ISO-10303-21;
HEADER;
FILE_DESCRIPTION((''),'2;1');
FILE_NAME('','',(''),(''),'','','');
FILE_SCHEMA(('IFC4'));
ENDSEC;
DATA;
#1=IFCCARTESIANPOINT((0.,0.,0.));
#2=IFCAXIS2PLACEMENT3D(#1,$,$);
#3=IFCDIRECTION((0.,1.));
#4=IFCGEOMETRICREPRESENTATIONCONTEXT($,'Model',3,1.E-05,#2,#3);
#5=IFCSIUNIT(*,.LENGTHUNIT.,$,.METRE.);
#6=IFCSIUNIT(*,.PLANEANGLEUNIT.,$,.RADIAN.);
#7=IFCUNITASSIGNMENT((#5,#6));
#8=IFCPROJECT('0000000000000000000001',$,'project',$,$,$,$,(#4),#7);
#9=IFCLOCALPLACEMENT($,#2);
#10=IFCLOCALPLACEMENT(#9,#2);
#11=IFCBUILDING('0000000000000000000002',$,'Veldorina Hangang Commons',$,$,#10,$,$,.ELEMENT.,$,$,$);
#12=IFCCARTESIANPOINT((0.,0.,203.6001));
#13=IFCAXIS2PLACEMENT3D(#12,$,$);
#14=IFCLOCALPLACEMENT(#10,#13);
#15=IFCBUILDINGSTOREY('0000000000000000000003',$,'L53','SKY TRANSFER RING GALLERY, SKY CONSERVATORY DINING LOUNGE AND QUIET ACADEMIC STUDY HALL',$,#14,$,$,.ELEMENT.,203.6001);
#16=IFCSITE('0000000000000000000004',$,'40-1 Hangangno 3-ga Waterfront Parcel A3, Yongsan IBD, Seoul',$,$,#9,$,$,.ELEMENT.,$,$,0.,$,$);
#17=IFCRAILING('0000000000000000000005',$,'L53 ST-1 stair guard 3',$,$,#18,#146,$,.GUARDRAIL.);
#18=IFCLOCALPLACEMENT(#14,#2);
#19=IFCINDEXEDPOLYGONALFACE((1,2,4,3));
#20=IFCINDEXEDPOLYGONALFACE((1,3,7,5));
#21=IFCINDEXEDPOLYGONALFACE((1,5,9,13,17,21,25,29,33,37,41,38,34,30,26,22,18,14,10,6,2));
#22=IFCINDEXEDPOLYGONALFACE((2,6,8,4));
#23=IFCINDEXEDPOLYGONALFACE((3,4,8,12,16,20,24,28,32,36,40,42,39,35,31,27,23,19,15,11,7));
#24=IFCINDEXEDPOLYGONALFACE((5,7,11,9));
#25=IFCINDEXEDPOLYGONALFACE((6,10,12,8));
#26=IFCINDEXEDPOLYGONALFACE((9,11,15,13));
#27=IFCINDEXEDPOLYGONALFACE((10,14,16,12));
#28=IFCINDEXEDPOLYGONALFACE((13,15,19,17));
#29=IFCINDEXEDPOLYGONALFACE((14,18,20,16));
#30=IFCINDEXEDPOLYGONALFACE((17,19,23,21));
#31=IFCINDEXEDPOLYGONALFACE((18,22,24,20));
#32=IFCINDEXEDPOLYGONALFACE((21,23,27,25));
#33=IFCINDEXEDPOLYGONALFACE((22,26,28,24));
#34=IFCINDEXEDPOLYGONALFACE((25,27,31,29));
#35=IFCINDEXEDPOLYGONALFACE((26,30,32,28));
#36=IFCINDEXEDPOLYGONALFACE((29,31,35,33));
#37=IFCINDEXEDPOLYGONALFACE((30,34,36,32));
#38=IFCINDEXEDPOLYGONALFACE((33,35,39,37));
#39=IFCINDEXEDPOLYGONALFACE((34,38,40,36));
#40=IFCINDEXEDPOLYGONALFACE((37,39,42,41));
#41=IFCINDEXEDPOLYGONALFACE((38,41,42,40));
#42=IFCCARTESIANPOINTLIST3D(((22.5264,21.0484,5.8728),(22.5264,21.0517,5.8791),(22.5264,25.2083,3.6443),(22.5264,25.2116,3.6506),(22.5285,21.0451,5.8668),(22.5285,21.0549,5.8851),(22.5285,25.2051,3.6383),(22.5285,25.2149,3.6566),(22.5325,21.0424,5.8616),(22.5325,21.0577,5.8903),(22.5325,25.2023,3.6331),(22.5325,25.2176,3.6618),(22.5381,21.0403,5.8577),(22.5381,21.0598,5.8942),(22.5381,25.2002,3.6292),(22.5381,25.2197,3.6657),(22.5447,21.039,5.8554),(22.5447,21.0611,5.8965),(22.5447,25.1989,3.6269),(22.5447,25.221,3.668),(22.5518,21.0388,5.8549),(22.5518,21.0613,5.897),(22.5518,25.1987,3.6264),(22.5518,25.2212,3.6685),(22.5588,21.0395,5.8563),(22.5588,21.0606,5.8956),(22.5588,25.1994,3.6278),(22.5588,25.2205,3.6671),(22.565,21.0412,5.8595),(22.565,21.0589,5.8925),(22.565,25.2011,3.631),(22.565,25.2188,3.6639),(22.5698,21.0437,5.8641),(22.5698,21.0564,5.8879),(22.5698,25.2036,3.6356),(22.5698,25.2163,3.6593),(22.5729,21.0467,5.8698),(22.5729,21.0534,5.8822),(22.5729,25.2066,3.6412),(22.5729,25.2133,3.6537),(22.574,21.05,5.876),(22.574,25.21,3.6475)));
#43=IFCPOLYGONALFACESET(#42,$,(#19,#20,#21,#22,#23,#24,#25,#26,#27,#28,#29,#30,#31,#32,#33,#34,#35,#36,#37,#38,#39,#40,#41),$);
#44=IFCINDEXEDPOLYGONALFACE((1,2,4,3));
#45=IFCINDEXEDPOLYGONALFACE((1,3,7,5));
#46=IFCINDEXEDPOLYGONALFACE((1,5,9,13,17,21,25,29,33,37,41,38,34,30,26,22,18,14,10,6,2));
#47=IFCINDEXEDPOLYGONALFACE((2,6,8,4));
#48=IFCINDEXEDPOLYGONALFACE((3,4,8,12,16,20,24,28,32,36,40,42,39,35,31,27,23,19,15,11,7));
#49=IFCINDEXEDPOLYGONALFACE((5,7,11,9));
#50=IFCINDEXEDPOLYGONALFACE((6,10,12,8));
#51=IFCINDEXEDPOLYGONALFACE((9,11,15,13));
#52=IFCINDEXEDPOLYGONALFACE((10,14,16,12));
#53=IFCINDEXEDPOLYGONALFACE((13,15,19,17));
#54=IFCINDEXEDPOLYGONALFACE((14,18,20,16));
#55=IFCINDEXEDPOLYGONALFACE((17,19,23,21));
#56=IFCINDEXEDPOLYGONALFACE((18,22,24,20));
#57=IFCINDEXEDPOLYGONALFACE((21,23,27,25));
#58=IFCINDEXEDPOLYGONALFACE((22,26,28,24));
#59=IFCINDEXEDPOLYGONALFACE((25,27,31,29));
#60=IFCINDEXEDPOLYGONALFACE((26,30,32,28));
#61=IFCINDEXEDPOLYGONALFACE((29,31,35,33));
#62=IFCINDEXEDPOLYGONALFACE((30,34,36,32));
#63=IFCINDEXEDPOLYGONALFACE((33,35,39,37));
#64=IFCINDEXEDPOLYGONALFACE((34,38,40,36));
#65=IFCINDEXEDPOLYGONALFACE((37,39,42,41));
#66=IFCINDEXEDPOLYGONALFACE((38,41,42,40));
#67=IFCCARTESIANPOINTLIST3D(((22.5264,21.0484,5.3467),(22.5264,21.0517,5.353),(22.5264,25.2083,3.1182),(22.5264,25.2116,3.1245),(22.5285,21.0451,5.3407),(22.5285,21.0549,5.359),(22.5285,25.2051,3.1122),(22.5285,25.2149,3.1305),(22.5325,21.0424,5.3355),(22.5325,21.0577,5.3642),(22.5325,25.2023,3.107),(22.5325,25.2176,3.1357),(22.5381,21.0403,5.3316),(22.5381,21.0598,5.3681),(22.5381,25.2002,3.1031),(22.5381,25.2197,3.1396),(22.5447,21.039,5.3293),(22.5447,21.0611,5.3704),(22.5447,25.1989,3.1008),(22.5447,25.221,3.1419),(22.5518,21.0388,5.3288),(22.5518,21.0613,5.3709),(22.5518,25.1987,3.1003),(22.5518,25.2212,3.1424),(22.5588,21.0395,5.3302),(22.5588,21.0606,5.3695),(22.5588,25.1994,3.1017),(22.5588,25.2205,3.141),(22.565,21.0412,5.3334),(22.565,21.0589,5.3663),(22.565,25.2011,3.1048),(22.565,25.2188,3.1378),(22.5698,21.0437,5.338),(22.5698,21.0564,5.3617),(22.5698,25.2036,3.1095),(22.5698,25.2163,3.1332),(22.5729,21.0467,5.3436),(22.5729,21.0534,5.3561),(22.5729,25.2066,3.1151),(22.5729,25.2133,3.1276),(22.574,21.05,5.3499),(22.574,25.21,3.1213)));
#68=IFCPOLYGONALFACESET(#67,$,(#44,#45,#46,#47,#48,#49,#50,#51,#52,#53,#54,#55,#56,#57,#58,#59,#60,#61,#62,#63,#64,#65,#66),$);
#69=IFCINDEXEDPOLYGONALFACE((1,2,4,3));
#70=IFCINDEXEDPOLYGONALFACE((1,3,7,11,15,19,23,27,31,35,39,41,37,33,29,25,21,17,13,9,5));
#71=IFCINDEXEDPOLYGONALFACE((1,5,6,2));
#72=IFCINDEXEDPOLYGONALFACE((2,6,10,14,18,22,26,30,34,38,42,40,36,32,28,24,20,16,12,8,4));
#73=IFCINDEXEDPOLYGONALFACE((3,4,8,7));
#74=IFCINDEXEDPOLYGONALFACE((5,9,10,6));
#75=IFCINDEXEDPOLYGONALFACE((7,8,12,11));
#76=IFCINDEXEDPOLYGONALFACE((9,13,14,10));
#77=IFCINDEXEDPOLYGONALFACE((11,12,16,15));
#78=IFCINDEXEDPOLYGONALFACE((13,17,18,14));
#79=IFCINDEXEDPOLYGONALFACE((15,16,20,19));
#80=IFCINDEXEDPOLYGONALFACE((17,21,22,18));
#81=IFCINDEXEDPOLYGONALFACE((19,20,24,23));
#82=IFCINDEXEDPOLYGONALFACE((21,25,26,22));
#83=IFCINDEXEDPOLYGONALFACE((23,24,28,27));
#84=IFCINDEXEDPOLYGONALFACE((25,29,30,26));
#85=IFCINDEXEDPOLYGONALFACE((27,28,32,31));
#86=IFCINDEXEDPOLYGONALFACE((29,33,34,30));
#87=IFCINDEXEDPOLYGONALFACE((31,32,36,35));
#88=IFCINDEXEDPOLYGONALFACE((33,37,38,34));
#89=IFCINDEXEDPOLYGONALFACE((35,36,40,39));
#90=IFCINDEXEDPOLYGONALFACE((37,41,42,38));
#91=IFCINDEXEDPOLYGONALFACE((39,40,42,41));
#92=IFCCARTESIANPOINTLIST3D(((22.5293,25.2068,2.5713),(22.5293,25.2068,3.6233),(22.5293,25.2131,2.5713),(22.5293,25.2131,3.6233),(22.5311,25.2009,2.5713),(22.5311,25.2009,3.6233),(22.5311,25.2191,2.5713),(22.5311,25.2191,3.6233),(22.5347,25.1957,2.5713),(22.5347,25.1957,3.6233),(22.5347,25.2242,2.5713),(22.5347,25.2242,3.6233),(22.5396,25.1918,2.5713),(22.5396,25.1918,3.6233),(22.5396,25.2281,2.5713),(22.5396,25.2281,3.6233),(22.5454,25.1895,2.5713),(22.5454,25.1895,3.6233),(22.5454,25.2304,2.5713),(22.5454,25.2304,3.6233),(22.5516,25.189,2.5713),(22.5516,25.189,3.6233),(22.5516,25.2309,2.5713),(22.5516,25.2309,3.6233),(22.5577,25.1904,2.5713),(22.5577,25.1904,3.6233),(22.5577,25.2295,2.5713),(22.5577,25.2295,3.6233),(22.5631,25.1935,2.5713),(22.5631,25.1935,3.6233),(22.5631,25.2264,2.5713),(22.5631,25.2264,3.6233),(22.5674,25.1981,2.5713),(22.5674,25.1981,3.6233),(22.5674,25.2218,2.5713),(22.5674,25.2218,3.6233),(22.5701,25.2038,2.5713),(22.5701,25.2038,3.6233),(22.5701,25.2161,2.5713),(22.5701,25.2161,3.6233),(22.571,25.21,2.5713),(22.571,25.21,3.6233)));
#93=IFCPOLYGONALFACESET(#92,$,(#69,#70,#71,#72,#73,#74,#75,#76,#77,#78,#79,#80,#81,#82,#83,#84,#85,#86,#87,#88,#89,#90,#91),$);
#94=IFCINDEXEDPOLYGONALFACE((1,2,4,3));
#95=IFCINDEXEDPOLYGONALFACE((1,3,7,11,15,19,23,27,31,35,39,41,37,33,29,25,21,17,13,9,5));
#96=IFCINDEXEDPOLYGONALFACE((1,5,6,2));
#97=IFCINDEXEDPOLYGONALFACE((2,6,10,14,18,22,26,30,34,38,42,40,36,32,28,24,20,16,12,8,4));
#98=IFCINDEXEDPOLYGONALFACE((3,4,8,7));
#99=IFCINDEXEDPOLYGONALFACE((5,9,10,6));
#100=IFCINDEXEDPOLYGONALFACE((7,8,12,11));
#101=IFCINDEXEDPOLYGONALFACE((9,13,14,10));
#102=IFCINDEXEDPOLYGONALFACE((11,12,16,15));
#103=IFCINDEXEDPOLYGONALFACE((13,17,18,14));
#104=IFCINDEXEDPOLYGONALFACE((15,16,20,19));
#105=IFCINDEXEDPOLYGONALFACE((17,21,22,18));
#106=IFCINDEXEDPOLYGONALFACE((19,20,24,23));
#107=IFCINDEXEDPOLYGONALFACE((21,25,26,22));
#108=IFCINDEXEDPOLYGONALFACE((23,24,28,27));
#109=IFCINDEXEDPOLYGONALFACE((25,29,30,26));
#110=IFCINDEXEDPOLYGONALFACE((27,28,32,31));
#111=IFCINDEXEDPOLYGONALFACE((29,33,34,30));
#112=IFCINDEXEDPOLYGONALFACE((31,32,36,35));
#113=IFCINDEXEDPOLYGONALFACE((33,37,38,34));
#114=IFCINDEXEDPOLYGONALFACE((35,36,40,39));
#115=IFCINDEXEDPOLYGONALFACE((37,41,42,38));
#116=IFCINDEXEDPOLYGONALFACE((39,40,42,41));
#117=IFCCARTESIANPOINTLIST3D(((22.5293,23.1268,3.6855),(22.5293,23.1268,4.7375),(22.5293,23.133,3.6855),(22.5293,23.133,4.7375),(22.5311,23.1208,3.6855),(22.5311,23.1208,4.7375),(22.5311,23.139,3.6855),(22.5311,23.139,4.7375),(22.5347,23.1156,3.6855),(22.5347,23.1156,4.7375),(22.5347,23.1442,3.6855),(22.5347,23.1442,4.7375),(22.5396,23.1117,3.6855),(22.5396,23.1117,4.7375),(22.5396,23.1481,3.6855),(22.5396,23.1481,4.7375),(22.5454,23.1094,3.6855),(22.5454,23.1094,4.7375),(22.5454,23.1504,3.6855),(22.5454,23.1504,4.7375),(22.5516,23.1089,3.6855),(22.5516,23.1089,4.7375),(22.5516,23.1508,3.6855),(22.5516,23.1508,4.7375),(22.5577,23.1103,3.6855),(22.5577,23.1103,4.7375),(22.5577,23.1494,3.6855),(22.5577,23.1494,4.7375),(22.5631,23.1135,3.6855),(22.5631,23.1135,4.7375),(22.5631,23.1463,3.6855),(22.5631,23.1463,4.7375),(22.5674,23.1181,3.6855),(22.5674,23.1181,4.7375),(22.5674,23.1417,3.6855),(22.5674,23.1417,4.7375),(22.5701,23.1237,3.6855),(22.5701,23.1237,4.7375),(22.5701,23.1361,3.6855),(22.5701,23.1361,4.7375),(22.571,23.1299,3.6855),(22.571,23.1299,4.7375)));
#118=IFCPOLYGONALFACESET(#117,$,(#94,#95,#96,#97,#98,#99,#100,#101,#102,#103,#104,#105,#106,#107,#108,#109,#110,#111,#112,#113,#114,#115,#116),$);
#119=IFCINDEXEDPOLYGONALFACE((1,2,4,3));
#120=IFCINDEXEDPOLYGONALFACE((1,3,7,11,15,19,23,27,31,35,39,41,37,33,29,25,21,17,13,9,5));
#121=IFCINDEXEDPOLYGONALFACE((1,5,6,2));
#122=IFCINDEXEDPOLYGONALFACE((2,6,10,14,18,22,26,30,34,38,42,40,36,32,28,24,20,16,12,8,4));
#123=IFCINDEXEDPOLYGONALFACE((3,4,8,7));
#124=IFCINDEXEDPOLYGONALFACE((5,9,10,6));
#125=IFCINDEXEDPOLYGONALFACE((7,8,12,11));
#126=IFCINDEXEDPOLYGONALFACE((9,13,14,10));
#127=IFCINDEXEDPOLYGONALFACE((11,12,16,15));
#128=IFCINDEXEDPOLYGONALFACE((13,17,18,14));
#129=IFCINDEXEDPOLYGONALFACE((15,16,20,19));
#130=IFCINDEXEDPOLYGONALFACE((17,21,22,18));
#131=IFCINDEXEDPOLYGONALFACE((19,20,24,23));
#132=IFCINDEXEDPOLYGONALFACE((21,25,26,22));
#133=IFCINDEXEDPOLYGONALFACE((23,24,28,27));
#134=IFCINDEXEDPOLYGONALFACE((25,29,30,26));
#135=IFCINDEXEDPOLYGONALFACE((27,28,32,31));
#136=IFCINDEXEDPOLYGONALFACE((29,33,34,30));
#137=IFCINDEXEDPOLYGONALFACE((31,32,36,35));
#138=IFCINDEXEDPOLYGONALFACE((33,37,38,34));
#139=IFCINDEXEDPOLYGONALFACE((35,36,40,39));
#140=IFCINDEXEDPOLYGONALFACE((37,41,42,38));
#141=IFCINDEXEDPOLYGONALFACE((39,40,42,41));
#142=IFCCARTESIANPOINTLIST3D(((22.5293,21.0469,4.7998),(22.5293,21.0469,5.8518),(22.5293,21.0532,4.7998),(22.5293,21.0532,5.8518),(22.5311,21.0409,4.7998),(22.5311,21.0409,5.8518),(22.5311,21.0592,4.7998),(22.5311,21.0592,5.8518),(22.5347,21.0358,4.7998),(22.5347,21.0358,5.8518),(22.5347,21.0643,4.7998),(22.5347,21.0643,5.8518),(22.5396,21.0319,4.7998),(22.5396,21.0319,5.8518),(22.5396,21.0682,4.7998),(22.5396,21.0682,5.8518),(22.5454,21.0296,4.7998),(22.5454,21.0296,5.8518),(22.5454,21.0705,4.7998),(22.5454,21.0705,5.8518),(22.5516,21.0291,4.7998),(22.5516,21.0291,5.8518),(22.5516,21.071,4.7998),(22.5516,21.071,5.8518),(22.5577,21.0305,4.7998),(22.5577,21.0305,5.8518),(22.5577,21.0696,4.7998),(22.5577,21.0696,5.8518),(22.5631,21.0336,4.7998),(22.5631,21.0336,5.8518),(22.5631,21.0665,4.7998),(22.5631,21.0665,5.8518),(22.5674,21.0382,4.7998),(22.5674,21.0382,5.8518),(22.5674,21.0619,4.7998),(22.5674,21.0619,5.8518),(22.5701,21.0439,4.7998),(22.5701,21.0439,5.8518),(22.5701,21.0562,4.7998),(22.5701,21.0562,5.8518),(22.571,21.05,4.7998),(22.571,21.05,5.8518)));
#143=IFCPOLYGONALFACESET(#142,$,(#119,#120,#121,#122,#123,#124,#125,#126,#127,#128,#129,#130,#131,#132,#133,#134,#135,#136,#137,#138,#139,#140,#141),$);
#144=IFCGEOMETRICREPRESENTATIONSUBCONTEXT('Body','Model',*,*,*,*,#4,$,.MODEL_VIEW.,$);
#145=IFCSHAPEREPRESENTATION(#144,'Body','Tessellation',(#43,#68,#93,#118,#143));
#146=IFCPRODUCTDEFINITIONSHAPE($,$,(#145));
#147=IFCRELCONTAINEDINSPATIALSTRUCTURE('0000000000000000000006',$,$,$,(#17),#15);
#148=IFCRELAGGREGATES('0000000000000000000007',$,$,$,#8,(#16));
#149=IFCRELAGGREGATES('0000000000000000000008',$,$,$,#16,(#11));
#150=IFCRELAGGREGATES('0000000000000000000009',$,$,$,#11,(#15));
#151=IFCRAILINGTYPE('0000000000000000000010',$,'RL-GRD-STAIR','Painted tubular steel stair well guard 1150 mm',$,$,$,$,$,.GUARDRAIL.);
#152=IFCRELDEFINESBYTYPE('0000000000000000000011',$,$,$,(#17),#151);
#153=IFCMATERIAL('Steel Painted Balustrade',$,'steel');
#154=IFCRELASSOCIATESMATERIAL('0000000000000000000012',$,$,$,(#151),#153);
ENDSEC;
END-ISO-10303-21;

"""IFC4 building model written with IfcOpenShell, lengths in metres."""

from ifc_helpers import new_model, si_unit, direction, frame, origin, origin_2d, place, context, subcontext, project, spatial, circle, extrude, material, type_object, element, save


model = new_model("IFC4")

# Units and contexts
model_context = context("Model", 3, precision=1e-05, world=origin(), true_north=direction((0.0, 1.0)))
body_context = subcontext(model_context, "Body", "Model", "MODEL_VIEW")
ifc_project = project(units=[si_unit("LENGTHUNIT", "METRE"), si_unit("PLANEANGLEUNIT", "RADIAN")], contexts=[model_context])

# Site, building, storey
site_placement = place(None, origin())
site = spatial("IfcSite", under=ifc_project, at=site_placement, Name="40-1 Hangangno 3-ga Waterfront Parcel A3, Yongsan IBD, Seoul", CompositionType="ELEMENT", RefElevation=0.0)
building_placement = place(site_placement, origin())
building = spatial("IfcBuilding", under=site, at=building_placement, Name="Veldorina Hangang Commons", CompositionType="ELEMENT")
storey_placement = place(building_placement, frame((0.0, 0.0, 203.6001)))
storey = spatial("IfcBuildingStorey", under=building, at=storey_placement, Name="L53", Description="SKY TRANSFER RING GALLERY, SKY CONSERVATORY DINING LOUNGE AND QUIET ACADEMIC STUDY HALL", CompositionType="ELEMENT", Elevation=203.6001)

# Railing
ifc_material_1 = material(Name="Steel Painted Balustrade", Category="steel")
railing_type_1 = type_object("IfcRailingType", Name="RL-GRD-STAIR", Description="Painted tubular steel stair well guard 1150 mm", PredefinedType="GUARDRAIL", material=ifc_material_1)
railing_1_placement = place(storey_placement, frame((22.55, 25.21, 2.5713)))
element("IfcRailing", 1, at=railing_1_placement, inside=storey, type_object=railing_type_1, Name="L53 ST-1 stair guard 3", PredefinedType="GUARDRAIL", context=body_context, shape_type="SweptSolid", body=[
    extrude(circle(Radius=0.0239, at=origin_2d()), frame((0.0, 0.0, 1.0762), z_axis=(0.0, -0.881481, 0.47222), x_axis=(1.0, 0.0, 0.0)), (0.0, 0.0, 1.0), 4.7192),
    extrude(circle(Radius=0.0239, at=origin_2d()), frame((0.0, 0.0, 0.55), z_axis=(0.0, -0.881481, 0.47222), x_axis=(1.0, 0.0, 0.0)), (0.0, 0.0, 1.0), 4.7192),
    extrude(circle(Radius=0.021, at=origin_2d()), origin(), (0.0, 0.0, 1.0), 1.052),
    extrude(circle(Radius=0.021, at=origin_2d()), frame((0.0, -2.0801, 1.1143)), (0.0, 0.0, 1.0), 1.052),
    extrude(circle(Radius=0.021, at=origin_2d()), frame((0.0, -4.1599, 2.2285)), (0.0, 0.0, 1.0), 1.052),
])

save(model, "model.ifc")
